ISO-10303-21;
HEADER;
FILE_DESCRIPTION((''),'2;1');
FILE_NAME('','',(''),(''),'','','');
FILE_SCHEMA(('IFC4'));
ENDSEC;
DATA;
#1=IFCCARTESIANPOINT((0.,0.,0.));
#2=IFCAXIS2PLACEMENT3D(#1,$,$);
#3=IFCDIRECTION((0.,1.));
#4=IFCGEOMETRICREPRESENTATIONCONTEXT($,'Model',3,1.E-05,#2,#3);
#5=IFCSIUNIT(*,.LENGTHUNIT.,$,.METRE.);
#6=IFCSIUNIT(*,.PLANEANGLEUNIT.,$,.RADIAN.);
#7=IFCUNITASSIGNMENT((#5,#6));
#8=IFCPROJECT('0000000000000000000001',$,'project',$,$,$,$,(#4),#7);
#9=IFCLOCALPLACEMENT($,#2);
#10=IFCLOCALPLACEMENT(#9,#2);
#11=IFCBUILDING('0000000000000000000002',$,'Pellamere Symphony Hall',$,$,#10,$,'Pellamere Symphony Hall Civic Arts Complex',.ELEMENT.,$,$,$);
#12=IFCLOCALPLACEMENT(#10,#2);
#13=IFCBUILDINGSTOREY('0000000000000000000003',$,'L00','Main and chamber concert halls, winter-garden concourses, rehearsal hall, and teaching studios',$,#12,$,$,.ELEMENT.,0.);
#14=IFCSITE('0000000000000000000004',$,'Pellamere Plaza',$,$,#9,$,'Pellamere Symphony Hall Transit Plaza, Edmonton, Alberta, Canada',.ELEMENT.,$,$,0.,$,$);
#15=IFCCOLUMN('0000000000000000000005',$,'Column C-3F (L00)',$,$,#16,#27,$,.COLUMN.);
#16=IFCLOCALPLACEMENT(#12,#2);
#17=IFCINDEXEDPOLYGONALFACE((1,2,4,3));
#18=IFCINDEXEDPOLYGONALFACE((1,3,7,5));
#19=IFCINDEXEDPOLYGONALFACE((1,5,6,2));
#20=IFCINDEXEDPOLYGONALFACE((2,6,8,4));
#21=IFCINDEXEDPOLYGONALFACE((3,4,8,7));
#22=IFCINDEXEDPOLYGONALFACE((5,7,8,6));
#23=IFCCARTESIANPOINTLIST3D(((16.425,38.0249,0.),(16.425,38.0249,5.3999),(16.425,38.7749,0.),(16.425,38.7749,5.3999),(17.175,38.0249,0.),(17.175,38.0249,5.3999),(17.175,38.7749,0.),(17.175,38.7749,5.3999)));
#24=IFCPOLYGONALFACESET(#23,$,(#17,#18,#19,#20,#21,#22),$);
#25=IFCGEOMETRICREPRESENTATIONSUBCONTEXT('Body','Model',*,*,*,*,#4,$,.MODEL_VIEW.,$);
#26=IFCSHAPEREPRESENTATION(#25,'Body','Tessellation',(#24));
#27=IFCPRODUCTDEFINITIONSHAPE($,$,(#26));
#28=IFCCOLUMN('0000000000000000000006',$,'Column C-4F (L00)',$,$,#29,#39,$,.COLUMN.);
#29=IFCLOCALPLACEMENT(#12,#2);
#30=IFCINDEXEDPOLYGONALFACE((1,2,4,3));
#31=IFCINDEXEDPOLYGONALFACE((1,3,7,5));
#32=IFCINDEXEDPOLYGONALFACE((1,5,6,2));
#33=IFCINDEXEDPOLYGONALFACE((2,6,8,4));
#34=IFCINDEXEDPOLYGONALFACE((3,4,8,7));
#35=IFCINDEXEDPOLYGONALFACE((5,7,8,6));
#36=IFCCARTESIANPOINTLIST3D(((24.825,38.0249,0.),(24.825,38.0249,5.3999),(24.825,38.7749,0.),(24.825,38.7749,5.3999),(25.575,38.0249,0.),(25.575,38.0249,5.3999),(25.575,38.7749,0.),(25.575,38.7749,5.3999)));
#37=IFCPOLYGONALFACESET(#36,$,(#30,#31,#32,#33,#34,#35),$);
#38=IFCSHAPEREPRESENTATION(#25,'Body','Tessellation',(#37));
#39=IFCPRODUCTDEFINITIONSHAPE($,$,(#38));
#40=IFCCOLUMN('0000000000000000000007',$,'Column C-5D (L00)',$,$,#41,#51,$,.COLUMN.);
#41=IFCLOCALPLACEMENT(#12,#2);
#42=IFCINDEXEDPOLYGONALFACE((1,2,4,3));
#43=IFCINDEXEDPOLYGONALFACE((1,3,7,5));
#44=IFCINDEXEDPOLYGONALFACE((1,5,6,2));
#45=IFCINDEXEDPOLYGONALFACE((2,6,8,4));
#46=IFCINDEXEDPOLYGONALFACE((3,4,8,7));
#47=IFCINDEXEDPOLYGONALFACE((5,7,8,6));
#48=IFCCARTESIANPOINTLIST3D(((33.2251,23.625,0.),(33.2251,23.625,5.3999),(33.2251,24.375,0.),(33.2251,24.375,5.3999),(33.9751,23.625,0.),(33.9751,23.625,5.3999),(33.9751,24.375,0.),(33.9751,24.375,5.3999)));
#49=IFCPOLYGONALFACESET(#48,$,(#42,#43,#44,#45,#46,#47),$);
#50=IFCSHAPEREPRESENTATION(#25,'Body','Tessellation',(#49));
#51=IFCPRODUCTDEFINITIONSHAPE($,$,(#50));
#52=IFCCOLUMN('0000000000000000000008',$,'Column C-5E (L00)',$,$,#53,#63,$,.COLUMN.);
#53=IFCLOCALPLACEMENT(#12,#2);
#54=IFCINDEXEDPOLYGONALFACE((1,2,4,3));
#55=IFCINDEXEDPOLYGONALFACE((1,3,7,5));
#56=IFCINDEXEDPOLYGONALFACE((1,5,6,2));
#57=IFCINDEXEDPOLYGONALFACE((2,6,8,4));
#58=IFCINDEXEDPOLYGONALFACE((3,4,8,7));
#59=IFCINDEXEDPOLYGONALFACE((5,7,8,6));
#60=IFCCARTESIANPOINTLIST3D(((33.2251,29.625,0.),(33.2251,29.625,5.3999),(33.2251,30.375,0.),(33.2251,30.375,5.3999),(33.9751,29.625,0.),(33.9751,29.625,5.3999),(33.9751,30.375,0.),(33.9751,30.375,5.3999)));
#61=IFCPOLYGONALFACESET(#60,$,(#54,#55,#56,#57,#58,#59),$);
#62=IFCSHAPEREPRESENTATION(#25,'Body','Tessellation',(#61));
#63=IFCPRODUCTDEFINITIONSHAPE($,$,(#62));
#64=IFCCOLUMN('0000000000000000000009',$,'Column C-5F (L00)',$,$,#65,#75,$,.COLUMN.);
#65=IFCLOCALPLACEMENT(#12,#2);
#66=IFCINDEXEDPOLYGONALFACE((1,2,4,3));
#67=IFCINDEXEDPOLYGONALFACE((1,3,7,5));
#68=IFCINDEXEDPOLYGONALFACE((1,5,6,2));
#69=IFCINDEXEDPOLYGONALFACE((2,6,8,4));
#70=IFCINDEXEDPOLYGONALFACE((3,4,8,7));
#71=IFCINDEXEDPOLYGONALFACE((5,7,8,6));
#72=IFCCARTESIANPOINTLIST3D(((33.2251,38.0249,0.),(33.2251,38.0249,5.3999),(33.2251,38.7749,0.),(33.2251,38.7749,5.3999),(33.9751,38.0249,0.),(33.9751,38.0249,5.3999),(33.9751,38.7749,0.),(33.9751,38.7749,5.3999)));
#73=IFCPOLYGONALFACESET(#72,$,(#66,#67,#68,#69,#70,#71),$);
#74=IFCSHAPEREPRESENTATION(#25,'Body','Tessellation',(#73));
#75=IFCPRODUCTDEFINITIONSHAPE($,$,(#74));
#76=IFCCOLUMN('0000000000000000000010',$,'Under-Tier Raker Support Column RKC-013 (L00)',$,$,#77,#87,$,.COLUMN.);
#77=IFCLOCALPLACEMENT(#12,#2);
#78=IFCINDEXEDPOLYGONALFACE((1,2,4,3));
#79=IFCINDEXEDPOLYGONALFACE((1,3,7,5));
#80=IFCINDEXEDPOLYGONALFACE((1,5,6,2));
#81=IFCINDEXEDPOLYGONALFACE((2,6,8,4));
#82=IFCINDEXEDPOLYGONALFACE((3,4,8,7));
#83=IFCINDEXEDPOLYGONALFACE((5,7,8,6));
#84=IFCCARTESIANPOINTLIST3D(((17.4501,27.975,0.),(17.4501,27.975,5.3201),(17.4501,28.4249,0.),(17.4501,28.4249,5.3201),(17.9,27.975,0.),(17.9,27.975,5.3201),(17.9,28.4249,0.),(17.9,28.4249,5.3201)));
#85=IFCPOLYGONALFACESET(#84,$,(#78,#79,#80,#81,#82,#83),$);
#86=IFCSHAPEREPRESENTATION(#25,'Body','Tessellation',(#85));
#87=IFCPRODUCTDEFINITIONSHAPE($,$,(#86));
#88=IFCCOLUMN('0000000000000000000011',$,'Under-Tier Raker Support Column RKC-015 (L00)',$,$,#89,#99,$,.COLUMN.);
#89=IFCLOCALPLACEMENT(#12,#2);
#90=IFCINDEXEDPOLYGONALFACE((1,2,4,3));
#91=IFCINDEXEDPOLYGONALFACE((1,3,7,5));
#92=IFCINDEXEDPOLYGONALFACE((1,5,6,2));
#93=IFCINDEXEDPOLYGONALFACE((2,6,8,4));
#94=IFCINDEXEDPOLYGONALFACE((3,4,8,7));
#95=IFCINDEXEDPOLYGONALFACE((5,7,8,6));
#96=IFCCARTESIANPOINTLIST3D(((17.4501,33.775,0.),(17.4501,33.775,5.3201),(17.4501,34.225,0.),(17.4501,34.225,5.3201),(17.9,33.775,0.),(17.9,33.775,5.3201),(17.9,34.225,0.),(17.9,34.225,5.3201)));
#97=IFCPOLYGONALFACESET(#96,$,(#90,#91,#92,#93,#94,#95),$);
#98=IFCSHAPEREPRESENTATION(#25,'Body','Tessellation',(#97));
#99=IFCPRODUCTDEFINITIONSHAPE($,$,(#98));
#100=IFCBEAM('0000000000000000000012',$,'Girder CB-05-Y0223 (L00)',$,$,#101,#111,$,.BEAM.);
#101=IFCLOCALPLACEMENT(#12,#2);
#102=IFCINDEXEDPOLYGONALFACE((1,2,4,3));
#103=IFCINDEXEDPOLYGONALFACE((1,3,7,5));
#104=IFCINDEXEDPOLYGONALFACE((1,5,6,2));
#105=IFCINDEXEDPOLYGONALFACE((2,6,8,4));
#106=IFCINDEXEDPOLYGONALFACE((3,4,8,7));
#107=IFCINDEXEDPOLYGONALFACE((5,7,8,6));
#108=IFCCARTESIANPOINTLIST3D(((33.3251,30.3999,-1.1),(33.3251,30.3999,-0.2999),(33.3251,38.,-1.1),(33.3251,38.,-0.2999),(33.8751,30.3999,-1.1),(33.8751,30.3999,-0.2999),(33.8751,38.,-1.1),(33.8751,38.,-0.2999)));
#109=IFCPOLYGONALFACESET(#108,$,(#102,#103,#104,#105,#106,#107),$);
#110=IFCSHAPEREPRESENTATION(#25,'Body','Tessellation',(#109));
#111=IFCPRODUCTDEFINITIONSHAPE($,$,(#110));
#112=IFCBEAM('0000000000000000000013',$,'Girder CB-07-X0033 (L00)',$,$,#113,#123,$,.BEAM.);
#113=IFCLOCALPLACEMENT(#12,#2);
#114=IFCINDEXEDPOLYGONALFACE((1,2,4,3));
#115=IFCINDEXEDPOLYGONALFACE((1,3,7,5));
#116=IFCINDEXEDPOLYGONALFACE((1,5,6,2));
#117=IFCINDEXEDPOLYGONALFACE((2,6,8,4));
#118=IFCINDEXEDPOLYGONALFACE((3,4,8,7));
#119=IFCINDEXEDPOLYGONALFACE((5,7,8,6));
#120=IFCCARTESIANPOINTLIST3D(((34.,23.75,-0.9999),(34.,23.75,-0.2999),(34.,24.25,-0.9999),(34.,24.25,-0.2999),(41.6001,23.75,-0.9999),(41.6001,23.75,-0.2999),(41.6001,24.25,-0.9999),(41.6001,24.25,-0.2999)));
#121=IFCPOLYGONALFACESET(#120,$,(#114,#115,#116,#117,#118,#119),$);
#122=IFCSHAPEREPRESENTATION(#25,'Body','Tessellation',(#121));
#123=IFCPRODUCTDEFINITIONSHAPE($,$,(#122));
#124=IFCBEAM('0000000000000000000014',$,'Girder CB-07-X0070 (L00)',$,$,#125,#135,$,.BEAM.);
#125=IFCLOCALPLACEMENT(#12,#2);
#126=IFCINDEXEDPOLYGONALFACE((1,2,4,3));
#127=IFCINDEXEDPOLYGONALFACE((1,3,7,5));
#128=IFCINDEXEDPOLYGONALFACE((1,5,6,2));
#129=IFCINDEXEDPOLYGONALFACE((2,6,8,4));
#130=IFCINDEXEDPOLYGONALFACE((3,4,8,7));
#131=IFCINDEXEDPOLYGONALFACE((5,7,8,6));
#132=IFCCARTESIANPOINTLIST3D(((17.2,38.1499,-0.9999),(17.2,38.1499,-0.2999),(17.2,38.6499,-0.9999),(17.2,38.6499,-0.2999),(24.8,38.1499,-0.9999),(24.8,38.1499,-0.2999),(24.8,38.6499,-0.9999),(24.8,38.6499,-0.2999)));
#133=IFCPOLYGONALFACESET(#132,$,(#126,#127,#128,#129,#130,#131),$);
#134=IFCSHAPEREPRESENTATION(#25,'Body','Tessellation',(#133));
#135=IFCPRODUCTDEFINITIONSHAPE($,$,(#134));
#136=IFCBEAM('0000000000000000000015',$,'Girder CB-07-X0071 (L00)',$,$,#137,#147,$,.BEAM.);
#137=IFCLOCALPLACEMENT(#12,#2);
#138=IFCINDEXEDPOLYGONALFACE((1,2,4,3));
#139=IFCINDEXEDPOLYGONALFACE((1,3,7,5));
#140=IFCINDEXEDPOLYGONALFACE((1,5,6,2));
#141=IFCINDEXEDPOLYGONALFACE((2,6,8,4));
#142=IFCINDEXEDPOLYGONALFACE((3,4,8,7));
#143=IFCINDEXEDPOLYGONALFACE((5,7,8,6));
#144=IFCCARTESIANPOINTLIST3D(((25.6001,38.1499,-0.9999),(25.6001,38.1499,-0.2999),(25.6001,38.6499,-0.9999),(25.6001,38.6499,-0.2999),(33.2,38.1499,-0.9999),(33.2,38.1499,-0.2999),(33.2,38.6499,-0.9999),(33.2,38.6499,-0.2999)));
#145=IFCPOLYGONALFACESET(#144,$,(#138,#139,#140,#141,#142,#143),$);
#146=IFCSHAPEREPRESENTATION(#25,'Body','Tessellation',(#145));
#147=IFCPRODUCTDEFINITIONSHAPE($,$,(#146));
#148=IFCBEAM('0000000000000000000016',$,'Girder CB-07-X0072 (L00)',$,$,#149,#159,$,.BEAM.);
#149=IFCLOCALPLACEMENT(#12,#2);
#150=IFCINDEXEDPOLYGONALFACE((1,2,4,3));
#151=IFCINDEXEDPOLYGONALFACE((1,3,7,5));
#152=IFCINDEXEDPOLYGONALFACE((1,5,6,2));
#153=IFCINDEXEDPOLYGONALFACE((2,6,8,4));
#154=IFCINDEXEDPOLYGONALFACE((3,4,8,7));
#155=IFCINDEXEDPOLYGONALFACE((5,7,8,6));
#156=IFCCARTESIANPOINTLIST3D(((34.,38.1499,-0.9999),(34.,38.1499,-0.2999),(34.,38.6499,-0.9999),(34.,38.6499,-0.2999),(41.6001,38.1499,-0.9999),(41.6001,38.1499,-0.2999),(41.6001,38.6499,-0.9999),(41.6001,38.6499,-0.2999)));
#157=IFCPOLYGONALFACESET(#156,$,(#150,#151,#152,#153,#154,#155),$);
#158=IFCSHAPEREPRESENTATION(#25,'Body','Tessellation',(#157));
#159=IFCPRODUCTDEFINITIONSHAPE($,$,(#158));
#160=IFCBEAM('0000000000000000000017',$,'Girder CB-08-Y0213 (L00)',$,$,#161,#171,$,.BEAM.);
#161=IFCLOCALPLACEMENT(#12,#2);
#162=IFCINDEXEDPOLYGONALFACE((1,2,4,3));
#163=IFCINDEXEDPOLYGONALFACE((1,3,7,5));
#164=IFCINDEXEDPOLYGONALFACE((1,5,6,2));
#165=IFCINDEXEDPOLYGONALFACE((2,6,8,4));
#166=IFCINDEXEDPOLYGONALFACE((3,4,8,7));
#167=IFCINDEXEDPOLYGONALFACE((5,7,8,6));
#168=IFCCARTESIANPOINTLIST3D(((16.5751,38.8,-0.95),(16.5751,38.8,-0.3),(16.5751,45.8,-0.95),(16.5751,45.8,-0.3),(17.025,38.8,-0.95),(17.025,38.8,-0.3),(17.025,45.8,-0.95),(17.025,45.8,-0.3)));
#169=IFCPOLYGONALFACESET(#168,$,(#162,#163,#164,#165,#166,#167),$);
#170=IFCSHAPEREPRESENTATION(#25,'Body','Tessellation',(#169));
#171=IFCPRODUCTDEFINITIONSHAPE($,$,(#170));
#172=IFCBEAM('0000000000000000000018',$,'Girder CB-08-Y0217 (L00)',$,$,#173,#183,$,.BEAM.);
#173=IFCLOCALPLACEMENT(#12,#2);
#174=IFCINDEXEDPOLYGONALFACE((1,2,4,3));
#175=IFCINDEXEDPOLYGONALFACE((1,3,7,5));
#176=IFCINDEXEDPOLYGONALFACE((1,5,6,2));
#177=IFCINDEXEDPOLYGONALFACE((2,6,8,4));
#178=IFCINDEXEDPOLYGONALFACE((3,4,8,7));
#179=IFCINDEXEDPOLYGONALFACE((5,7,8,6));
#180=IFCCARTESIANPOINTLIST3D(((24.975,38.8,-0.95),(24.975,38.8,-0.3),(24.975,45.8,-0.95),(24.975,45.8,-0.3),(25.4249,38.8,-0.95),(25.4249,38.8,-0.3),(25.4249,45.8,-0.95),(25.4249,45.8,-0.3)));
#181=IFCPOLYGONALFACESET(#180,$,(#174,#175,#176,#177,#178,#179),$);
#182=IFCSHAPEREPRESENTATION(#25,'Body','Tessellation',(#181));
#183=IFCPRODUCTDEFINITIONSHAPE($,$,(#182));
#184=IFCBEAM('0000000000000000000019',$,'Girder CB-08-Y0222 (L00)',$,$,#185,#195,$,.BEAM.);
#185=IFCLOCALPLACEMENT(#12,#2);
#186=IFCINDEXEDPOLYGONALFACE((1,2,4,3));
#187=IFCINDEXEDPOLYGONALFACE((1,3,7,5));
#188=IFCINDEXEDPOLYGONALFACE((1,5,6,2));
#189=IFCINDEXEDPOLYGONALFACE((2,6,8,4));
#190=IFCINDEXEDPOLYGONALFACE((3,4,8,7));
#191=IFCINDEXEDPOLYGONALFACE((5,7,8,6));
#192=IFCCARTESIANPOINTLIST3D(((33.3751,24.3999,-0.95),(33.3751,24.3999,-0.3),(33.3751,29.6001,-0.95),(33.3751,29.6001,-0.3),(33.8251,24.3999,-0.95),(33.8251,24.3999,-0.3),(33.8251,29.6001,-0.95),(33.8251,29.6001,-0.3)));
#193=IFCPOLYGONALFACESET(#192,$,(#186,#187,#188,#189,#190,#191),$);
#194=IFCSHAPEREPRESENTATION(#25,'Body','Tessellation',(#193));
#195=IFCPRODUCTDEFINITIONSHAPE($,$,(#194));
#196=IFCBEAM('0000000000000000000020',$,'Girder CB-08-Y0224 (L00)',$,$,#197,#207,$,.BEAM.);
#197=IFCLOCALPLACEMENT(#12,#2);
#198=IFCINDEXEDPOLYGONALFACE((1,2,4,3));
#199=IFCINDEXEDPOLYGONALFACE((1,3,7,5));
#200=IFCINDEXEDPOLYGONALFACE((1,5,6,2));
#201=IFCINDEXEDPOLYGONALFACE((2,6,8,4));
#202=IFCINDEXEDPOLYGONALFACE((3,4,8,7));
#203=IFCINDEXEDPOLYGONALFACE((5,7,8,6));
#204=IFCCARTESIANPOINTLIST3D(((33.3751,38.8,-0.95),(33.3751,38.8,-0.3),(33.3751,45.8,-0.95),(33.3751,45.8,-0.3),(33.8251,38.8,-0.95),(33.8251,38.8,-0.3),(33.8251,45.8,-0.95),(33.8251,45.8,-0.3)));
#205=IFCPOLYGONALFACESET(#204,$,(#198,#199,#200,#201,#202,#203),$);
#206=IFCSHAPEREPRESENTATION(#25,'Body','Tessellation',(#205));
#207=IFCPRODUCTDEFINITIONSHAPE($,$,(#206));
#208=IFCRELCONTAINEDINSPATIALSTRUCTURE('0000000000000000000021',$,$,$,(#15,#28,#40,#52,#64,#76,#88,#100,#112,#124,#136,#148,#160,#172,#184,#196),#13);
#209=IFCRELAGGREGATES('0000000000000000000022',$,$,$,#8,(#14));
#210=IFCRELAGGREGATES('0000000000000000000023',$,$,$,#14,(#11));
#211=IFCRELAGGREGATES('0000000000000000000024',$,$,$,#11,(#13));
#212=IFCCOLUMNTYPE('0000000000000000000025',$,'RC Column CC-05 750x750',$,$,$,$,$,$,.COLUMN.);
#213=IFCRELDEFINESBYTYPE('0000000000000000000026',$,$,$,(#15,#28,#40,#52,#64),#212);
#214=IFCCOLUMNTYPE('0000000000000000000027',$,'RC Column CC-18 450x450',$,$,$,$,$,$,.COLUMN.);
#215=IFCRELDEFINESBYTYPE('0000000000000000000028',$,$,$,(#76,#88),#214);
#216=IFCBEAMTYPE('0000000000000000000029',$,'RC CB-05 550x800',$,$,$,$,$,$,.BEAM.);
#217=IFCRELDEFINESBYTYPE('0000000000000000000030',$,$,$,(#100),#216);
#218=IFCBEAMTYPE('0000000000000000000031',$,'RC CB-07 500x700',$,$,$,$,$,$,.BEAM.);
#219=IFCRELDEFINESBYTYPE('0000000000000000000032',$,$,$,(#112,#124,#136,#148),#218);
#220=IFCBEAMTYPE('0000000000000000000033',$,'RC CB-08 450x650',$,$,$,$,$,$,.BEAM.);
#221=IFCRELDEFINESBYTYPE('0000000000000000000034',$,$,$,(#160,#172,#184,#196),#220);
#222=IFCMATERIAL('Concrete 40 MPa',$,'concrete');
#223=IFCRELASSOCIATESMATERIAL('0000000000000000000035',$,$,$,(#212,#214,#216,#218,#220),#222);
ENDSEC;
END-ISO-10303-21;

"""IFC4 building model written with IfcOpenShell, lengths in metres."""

from ifc_helpers import new_model, si_unit, direction, frame, origin, origin_2d, place, context, subcontext, project, spatial, rectangle, extrude, material, material_profile, profile_set, type_object, element, save


model = new_model("IFC4")

# Units and contexts
model_context = context("Model", 3, precision=1e-05, world=origin(), true_north=direction((0.0, 1.0)))
body_context = subcontext(model_context, "Body", "Model", "MODEL_VIEW")
ifc_project = project(units=[si_unit("LENGTHUNIT", "METRE"), si_unit("PLANEANGLEUNIT", "RADIAN")], contexts=[model_context])

# Site, building, storey
site_placement = place(None, origin())
site = spatial("IfcSite", under=ifc_project, at=site_placement, Name="Pellamere Plaza", LongName="Pellamere Symphony Hall Transit Plaza, Edmonton, Alberta, Canada", CompositionType="ELEMENT", RefElevation=0.0)
building_placement = place(site_placement, origin())
building = spatial("IfcBuilding", under=site, at=building_placement, Name="Pellamere Symphony Hall", LongName="Pellamere Symphony Hall Civic Arts Complex", CompositionType="ELEMENT")
storey_placement = place(building_placement, origin())
storey = spatial("IfcBuildingStorey", under=building, at=storey_placement, Name="L00", Description="Main and chamber concert halls, winter-garden concourses, rehearsal hall, and teaching studios", CompositionType="ELEMENT", Elevation=0.0)

# Columns
ifc_material_1 = material(Name="Concrete 40 MPa", Category="concrete")
ifc_material_profile_1 = material_profile(ifc_material_1, rectangle(XDim=0.75, YDim=0.75, at=origin_2d()), Name="RC 750x750")
ifc_profile_set_1 = profile_set([ifc_material_profile_1], Name="Concrete 40 MPa")
column_type_1 = type_object("IfcColumnType", Name="RC Column CC-05 750x750", PredefinedType="COLUMN", material=ifc_profile_set_1)
for number, where, z_axis, x_axis, name in (
    (1, (16.8, 38.3999, 0.0), (0.0, 0.0, 1.0), (1.0, 0.0, 0.0), "Column C-3F (L00)"),
    (2, (25.2, 38.3999, 0.0), (0.0, 0.0, 1.0), (1.0, 0.0, 0.0), "Column C-4F (L00)"),
    (3, (33.6001, 24.0, 0.0), (0.0, 0.0, 1.0), (1.0, 0.0, 0.0), "Column C-5D (L00)"),
    (4, (33.6001, 30.0, 0.0), (0.0, 0.0, 1.0), (1.0, 0.0, 0.0), "Column C-5E (L00)"),
    (5, (33.6001, 38.3999, 0.0), (0.0, 0.0, 1.0), (1.0, 0.0, 0.0), "Column C-5F (L00)"),
):
    element("IfcColumn", number, at=place(storey_placement, frame(where, z_axis=z_axis, x_axis=x_axis)), inside=storey, type_object=column_type_1, Name=name, PredefinedType="COLUMN", context=body_context, shape_type="SweptSolid", body=[
        extrude(rectangle(XDim=0.75, YDim=0.75, at=origin_2d()), origin(), (0.0, 0.0, 1.0), 5.3999),
    ])
ifc_material_profile_2 = material_profile(ifc_material_1, rectangle(XDim=0.45, YDim=0.45, at=origin_2d()), Name="RC 450x450")
ifc_profile_set_2 = profile_set([ifc_material_profile_2], Name="Concrete 40 MPa")
column_type_2 = type_object("IfcColumnType", Name="RC Column CC-18 450x450", PredefinedType="COLUMN", material=ifc_profile_set_2)
for number, where, z_axis, x_axis, name in (
    (6, (17.675, 28.2, 0.0), (0.0, 0.0, 1.0), (1.0, 0.0, 0.0), "Under-Tier Raker Support Column RKC-013 (L00)"),
    (7, (17.675, 34.0, 0.0), (0.0, 0.0, 1.0), (1.0, 0.0, 0.0), "Under-Tier Raker Support Column RKC-015 (L00)"),
):
    element("IfcColumn", number, at=place(storey_placement, frame(where, z_axis=z_axis, x_axis=x_axis)), inside=storey, type_object=column_type_2, Name=name, PredefinedType="COLUMN", context=body_context, shape_type="SweptSolid", body=[
        extrude(rectangle(XDim=0.45, YDim=0.45, at=origin_2d()), origin(), (0.0, 0.0, 1.0), 5.3201),
    ])

# Beams
ifc_material_profile_3 = material_profile(ifc_material_1, rectangle(XDim=0.55, YDim=0.8, at=origin_2d()), Name="RC 550x800")
ifc_profile_set_3 = profile_set([ifc_material_profile_3], Name="Concrete 40 MPa")
beam_type_1 = type_object("IfcBeamType", Name="RC CB-05 550x800", PredefinedType="BEAM", material=ifc_profile_set_3)
beam_1_placement = place(storey_placement, frame((33.6001, 30.3999, -0.7), z_axis=(0.0, 1.0, 0.0), x_axis=(-1.0, 0.0, 0.0)))
element("IfcBeam", 8, at=beam_1_placement, inside=storey, type_object=beam_type_1, Name="Girder CB-05-Y0223 (L00)", PredefinedType="BEAM", context=body_context, shape_type="SweptSolid", body=[
    extrude(rectangle(XDim=0.55, YDim=0.8, at=origin_2d()), origin(), (0.0, 0.0, 1.0), 7.6001),
])
ifc_material_profile_4 = material_profile(ifc_material_1, rectangle(XDim=0.5, YDim=0.7, at=origin_2d()), Name="RC 500x700")
ifc_profile_set_4 = profile_set([ifc_material_profile_4], Name="Concrete 40 MPa")
beam_type_2 = type_object("IfcBeamType", Name="RC CB-07 500x700", PredefinedType="BEAM", material=ifc_profile_set_4)
for number, where, z_axis, x_axis, name in (
    (9, (34.0, 24.0, -0.6499), (1.0, 0.0, 0.0), (0.0, 1.0, 0.0), "Girder CB-07-X0033 (L00)"),
    (10, (17.2, 38.3999, -0.6499), (1.0, 0.0, 0.0), (0.0, 1.0, 0.0), "Girder CB-07-X0070 (L00)"),
):
    element("IfcBeam", number, at=place(storey_placement, frame(where, z_axis=z_axis, x_axis=x_axis)), inside=storey, type_object=beam_type_2, Name=name, PredefinedType="BEAM", context=body_context, shape_type="SweptSolid", body=[
        extrude(rectangle(XDim=0.5, YDim=0.7, at=origin_2d()), origin(), (0.0, 0.0, 1.0), 7.6001),
    ])
beam_2_placement = place(storey_placement, frame((25.6001, 38.3999, -0.6499), z_axis=(1.0, 0.0, 0.0), x_axis=(0.0, 1.0, 0.0)))
element("IfcBeam", 11, at=beam_2_placement, inside=storey, type_object=beam_type_2, Name="Girder CB-07-X0071 (L00)", PredefinedType="BEAM", context=body_context, shape_type="SweptSolid", body=[
    extrude(rectangle(XDim=0.5, YDim=0.7, at=origin_2d()), origin(), (0.0, 0.0, 1.0), 7.5999),
])
beam_3_placement = place(storey_placement, frame((34.0, 38.3999, -0.6499), z_axis=(1.0, 0.0, 0.0), x_axis=(0.0, 1.0, 0.0)))
element("IfcBeam", 12, at=beam_3_placement, inside=storey, type_object=beam_type_2, Name="Girder CB-07-X0072 (L00)", PredefinedType="BEAM", context=body_context, shape_type="SweptSolid", body=[
    extrude(rectangle(XDim=0.5, YDim=0.7, at=origin_2d()), origin(), (0.0, 0.0, 1.0), 7.6001),
])
ifc_material_profile_5 = material_profile(ifc_material_1, rectangle(XDim=0.45, YDim=0.6499, at=origin_2d()), Name="RC 450x650")
ifc_profile_set_5 = profile_set([ifc_material_profile_5], Name="Concrete 40 MPa")
beam_type_3 = type_object("IfcBeamType", Name="RC CB-08 450x650", PredefinedType="BEAM", material=ifc_profile_set_5)
for number, where, z_axis, x_axis, name in (
    (13, (16.8, 38.8, -0.625), (0.0, 1.0, 0.0), (-1.0, 0.0, 0.0), "Girder CB-08-Y0213 (L00)"),
    (14, (25.2, 38.8, -0.625), (0.0, 1.0, 0.0), (-1.0, 0.0, 0.0), "Girder CB-08-Y0217 (L00)"),
):
    element("IfcBeam", number, at=place(storey_placement, frame(where, z_axis=z_axis, x_axis=x_axis)), inside=storey, type_object=beam_type_3, Name=name, PredefinedType="BEAM", context=body_context, shape_type="SweptSolid", body=[
        extrude(rectangle(XDim=0.45, YDim=0.6499, at=origin_2d()), origin(), (0.0, 0.0, 1.0), 7.0),
    ])
beam_4_placement = place(storey_placement, frame((33.6001, 24.3999, -0.625), z_axis=(0.0, 1.0, 0.0), x_axis=(-1.0, 0.0, 0.0)))
element("IfcBeam", 15, at=beam_4_placement, inside=storey, type_object=beam_type_3, Name="Girder CB-08-Y0222 (L00)", PredefinedType="BEAM", context=body_context, shape_type="SweptSolid", body=[
    extrude(rectangle(XDim=0.45, YDim=0.6499, at=origin_2d()), origin(), (0.0, 0.0, 1.0), 5.2002),
])
beam_5_placement = place(storey_placement, frame((33.6001, 38.8, -0.625), z_axis=(0.0, 1.0, 0.0), x_axis=(-1.0, 0.0, 0.0)))
element("IfcBeam", 16, at=beam_5_placement, inside=storey, type_object=beam_type_3, Name="Girder CB-08-Y0224 (L00)", PredefinedType="BEAM", context=body_context, shape_type="SweptSolid", body=[
    extrude(rectangle(XDim=0.45, YDim=0.6499, at=origin_2d()), origin(), (0.0, 0.0, 1.0), 7.0),
])

save(model, "model.ifc")
